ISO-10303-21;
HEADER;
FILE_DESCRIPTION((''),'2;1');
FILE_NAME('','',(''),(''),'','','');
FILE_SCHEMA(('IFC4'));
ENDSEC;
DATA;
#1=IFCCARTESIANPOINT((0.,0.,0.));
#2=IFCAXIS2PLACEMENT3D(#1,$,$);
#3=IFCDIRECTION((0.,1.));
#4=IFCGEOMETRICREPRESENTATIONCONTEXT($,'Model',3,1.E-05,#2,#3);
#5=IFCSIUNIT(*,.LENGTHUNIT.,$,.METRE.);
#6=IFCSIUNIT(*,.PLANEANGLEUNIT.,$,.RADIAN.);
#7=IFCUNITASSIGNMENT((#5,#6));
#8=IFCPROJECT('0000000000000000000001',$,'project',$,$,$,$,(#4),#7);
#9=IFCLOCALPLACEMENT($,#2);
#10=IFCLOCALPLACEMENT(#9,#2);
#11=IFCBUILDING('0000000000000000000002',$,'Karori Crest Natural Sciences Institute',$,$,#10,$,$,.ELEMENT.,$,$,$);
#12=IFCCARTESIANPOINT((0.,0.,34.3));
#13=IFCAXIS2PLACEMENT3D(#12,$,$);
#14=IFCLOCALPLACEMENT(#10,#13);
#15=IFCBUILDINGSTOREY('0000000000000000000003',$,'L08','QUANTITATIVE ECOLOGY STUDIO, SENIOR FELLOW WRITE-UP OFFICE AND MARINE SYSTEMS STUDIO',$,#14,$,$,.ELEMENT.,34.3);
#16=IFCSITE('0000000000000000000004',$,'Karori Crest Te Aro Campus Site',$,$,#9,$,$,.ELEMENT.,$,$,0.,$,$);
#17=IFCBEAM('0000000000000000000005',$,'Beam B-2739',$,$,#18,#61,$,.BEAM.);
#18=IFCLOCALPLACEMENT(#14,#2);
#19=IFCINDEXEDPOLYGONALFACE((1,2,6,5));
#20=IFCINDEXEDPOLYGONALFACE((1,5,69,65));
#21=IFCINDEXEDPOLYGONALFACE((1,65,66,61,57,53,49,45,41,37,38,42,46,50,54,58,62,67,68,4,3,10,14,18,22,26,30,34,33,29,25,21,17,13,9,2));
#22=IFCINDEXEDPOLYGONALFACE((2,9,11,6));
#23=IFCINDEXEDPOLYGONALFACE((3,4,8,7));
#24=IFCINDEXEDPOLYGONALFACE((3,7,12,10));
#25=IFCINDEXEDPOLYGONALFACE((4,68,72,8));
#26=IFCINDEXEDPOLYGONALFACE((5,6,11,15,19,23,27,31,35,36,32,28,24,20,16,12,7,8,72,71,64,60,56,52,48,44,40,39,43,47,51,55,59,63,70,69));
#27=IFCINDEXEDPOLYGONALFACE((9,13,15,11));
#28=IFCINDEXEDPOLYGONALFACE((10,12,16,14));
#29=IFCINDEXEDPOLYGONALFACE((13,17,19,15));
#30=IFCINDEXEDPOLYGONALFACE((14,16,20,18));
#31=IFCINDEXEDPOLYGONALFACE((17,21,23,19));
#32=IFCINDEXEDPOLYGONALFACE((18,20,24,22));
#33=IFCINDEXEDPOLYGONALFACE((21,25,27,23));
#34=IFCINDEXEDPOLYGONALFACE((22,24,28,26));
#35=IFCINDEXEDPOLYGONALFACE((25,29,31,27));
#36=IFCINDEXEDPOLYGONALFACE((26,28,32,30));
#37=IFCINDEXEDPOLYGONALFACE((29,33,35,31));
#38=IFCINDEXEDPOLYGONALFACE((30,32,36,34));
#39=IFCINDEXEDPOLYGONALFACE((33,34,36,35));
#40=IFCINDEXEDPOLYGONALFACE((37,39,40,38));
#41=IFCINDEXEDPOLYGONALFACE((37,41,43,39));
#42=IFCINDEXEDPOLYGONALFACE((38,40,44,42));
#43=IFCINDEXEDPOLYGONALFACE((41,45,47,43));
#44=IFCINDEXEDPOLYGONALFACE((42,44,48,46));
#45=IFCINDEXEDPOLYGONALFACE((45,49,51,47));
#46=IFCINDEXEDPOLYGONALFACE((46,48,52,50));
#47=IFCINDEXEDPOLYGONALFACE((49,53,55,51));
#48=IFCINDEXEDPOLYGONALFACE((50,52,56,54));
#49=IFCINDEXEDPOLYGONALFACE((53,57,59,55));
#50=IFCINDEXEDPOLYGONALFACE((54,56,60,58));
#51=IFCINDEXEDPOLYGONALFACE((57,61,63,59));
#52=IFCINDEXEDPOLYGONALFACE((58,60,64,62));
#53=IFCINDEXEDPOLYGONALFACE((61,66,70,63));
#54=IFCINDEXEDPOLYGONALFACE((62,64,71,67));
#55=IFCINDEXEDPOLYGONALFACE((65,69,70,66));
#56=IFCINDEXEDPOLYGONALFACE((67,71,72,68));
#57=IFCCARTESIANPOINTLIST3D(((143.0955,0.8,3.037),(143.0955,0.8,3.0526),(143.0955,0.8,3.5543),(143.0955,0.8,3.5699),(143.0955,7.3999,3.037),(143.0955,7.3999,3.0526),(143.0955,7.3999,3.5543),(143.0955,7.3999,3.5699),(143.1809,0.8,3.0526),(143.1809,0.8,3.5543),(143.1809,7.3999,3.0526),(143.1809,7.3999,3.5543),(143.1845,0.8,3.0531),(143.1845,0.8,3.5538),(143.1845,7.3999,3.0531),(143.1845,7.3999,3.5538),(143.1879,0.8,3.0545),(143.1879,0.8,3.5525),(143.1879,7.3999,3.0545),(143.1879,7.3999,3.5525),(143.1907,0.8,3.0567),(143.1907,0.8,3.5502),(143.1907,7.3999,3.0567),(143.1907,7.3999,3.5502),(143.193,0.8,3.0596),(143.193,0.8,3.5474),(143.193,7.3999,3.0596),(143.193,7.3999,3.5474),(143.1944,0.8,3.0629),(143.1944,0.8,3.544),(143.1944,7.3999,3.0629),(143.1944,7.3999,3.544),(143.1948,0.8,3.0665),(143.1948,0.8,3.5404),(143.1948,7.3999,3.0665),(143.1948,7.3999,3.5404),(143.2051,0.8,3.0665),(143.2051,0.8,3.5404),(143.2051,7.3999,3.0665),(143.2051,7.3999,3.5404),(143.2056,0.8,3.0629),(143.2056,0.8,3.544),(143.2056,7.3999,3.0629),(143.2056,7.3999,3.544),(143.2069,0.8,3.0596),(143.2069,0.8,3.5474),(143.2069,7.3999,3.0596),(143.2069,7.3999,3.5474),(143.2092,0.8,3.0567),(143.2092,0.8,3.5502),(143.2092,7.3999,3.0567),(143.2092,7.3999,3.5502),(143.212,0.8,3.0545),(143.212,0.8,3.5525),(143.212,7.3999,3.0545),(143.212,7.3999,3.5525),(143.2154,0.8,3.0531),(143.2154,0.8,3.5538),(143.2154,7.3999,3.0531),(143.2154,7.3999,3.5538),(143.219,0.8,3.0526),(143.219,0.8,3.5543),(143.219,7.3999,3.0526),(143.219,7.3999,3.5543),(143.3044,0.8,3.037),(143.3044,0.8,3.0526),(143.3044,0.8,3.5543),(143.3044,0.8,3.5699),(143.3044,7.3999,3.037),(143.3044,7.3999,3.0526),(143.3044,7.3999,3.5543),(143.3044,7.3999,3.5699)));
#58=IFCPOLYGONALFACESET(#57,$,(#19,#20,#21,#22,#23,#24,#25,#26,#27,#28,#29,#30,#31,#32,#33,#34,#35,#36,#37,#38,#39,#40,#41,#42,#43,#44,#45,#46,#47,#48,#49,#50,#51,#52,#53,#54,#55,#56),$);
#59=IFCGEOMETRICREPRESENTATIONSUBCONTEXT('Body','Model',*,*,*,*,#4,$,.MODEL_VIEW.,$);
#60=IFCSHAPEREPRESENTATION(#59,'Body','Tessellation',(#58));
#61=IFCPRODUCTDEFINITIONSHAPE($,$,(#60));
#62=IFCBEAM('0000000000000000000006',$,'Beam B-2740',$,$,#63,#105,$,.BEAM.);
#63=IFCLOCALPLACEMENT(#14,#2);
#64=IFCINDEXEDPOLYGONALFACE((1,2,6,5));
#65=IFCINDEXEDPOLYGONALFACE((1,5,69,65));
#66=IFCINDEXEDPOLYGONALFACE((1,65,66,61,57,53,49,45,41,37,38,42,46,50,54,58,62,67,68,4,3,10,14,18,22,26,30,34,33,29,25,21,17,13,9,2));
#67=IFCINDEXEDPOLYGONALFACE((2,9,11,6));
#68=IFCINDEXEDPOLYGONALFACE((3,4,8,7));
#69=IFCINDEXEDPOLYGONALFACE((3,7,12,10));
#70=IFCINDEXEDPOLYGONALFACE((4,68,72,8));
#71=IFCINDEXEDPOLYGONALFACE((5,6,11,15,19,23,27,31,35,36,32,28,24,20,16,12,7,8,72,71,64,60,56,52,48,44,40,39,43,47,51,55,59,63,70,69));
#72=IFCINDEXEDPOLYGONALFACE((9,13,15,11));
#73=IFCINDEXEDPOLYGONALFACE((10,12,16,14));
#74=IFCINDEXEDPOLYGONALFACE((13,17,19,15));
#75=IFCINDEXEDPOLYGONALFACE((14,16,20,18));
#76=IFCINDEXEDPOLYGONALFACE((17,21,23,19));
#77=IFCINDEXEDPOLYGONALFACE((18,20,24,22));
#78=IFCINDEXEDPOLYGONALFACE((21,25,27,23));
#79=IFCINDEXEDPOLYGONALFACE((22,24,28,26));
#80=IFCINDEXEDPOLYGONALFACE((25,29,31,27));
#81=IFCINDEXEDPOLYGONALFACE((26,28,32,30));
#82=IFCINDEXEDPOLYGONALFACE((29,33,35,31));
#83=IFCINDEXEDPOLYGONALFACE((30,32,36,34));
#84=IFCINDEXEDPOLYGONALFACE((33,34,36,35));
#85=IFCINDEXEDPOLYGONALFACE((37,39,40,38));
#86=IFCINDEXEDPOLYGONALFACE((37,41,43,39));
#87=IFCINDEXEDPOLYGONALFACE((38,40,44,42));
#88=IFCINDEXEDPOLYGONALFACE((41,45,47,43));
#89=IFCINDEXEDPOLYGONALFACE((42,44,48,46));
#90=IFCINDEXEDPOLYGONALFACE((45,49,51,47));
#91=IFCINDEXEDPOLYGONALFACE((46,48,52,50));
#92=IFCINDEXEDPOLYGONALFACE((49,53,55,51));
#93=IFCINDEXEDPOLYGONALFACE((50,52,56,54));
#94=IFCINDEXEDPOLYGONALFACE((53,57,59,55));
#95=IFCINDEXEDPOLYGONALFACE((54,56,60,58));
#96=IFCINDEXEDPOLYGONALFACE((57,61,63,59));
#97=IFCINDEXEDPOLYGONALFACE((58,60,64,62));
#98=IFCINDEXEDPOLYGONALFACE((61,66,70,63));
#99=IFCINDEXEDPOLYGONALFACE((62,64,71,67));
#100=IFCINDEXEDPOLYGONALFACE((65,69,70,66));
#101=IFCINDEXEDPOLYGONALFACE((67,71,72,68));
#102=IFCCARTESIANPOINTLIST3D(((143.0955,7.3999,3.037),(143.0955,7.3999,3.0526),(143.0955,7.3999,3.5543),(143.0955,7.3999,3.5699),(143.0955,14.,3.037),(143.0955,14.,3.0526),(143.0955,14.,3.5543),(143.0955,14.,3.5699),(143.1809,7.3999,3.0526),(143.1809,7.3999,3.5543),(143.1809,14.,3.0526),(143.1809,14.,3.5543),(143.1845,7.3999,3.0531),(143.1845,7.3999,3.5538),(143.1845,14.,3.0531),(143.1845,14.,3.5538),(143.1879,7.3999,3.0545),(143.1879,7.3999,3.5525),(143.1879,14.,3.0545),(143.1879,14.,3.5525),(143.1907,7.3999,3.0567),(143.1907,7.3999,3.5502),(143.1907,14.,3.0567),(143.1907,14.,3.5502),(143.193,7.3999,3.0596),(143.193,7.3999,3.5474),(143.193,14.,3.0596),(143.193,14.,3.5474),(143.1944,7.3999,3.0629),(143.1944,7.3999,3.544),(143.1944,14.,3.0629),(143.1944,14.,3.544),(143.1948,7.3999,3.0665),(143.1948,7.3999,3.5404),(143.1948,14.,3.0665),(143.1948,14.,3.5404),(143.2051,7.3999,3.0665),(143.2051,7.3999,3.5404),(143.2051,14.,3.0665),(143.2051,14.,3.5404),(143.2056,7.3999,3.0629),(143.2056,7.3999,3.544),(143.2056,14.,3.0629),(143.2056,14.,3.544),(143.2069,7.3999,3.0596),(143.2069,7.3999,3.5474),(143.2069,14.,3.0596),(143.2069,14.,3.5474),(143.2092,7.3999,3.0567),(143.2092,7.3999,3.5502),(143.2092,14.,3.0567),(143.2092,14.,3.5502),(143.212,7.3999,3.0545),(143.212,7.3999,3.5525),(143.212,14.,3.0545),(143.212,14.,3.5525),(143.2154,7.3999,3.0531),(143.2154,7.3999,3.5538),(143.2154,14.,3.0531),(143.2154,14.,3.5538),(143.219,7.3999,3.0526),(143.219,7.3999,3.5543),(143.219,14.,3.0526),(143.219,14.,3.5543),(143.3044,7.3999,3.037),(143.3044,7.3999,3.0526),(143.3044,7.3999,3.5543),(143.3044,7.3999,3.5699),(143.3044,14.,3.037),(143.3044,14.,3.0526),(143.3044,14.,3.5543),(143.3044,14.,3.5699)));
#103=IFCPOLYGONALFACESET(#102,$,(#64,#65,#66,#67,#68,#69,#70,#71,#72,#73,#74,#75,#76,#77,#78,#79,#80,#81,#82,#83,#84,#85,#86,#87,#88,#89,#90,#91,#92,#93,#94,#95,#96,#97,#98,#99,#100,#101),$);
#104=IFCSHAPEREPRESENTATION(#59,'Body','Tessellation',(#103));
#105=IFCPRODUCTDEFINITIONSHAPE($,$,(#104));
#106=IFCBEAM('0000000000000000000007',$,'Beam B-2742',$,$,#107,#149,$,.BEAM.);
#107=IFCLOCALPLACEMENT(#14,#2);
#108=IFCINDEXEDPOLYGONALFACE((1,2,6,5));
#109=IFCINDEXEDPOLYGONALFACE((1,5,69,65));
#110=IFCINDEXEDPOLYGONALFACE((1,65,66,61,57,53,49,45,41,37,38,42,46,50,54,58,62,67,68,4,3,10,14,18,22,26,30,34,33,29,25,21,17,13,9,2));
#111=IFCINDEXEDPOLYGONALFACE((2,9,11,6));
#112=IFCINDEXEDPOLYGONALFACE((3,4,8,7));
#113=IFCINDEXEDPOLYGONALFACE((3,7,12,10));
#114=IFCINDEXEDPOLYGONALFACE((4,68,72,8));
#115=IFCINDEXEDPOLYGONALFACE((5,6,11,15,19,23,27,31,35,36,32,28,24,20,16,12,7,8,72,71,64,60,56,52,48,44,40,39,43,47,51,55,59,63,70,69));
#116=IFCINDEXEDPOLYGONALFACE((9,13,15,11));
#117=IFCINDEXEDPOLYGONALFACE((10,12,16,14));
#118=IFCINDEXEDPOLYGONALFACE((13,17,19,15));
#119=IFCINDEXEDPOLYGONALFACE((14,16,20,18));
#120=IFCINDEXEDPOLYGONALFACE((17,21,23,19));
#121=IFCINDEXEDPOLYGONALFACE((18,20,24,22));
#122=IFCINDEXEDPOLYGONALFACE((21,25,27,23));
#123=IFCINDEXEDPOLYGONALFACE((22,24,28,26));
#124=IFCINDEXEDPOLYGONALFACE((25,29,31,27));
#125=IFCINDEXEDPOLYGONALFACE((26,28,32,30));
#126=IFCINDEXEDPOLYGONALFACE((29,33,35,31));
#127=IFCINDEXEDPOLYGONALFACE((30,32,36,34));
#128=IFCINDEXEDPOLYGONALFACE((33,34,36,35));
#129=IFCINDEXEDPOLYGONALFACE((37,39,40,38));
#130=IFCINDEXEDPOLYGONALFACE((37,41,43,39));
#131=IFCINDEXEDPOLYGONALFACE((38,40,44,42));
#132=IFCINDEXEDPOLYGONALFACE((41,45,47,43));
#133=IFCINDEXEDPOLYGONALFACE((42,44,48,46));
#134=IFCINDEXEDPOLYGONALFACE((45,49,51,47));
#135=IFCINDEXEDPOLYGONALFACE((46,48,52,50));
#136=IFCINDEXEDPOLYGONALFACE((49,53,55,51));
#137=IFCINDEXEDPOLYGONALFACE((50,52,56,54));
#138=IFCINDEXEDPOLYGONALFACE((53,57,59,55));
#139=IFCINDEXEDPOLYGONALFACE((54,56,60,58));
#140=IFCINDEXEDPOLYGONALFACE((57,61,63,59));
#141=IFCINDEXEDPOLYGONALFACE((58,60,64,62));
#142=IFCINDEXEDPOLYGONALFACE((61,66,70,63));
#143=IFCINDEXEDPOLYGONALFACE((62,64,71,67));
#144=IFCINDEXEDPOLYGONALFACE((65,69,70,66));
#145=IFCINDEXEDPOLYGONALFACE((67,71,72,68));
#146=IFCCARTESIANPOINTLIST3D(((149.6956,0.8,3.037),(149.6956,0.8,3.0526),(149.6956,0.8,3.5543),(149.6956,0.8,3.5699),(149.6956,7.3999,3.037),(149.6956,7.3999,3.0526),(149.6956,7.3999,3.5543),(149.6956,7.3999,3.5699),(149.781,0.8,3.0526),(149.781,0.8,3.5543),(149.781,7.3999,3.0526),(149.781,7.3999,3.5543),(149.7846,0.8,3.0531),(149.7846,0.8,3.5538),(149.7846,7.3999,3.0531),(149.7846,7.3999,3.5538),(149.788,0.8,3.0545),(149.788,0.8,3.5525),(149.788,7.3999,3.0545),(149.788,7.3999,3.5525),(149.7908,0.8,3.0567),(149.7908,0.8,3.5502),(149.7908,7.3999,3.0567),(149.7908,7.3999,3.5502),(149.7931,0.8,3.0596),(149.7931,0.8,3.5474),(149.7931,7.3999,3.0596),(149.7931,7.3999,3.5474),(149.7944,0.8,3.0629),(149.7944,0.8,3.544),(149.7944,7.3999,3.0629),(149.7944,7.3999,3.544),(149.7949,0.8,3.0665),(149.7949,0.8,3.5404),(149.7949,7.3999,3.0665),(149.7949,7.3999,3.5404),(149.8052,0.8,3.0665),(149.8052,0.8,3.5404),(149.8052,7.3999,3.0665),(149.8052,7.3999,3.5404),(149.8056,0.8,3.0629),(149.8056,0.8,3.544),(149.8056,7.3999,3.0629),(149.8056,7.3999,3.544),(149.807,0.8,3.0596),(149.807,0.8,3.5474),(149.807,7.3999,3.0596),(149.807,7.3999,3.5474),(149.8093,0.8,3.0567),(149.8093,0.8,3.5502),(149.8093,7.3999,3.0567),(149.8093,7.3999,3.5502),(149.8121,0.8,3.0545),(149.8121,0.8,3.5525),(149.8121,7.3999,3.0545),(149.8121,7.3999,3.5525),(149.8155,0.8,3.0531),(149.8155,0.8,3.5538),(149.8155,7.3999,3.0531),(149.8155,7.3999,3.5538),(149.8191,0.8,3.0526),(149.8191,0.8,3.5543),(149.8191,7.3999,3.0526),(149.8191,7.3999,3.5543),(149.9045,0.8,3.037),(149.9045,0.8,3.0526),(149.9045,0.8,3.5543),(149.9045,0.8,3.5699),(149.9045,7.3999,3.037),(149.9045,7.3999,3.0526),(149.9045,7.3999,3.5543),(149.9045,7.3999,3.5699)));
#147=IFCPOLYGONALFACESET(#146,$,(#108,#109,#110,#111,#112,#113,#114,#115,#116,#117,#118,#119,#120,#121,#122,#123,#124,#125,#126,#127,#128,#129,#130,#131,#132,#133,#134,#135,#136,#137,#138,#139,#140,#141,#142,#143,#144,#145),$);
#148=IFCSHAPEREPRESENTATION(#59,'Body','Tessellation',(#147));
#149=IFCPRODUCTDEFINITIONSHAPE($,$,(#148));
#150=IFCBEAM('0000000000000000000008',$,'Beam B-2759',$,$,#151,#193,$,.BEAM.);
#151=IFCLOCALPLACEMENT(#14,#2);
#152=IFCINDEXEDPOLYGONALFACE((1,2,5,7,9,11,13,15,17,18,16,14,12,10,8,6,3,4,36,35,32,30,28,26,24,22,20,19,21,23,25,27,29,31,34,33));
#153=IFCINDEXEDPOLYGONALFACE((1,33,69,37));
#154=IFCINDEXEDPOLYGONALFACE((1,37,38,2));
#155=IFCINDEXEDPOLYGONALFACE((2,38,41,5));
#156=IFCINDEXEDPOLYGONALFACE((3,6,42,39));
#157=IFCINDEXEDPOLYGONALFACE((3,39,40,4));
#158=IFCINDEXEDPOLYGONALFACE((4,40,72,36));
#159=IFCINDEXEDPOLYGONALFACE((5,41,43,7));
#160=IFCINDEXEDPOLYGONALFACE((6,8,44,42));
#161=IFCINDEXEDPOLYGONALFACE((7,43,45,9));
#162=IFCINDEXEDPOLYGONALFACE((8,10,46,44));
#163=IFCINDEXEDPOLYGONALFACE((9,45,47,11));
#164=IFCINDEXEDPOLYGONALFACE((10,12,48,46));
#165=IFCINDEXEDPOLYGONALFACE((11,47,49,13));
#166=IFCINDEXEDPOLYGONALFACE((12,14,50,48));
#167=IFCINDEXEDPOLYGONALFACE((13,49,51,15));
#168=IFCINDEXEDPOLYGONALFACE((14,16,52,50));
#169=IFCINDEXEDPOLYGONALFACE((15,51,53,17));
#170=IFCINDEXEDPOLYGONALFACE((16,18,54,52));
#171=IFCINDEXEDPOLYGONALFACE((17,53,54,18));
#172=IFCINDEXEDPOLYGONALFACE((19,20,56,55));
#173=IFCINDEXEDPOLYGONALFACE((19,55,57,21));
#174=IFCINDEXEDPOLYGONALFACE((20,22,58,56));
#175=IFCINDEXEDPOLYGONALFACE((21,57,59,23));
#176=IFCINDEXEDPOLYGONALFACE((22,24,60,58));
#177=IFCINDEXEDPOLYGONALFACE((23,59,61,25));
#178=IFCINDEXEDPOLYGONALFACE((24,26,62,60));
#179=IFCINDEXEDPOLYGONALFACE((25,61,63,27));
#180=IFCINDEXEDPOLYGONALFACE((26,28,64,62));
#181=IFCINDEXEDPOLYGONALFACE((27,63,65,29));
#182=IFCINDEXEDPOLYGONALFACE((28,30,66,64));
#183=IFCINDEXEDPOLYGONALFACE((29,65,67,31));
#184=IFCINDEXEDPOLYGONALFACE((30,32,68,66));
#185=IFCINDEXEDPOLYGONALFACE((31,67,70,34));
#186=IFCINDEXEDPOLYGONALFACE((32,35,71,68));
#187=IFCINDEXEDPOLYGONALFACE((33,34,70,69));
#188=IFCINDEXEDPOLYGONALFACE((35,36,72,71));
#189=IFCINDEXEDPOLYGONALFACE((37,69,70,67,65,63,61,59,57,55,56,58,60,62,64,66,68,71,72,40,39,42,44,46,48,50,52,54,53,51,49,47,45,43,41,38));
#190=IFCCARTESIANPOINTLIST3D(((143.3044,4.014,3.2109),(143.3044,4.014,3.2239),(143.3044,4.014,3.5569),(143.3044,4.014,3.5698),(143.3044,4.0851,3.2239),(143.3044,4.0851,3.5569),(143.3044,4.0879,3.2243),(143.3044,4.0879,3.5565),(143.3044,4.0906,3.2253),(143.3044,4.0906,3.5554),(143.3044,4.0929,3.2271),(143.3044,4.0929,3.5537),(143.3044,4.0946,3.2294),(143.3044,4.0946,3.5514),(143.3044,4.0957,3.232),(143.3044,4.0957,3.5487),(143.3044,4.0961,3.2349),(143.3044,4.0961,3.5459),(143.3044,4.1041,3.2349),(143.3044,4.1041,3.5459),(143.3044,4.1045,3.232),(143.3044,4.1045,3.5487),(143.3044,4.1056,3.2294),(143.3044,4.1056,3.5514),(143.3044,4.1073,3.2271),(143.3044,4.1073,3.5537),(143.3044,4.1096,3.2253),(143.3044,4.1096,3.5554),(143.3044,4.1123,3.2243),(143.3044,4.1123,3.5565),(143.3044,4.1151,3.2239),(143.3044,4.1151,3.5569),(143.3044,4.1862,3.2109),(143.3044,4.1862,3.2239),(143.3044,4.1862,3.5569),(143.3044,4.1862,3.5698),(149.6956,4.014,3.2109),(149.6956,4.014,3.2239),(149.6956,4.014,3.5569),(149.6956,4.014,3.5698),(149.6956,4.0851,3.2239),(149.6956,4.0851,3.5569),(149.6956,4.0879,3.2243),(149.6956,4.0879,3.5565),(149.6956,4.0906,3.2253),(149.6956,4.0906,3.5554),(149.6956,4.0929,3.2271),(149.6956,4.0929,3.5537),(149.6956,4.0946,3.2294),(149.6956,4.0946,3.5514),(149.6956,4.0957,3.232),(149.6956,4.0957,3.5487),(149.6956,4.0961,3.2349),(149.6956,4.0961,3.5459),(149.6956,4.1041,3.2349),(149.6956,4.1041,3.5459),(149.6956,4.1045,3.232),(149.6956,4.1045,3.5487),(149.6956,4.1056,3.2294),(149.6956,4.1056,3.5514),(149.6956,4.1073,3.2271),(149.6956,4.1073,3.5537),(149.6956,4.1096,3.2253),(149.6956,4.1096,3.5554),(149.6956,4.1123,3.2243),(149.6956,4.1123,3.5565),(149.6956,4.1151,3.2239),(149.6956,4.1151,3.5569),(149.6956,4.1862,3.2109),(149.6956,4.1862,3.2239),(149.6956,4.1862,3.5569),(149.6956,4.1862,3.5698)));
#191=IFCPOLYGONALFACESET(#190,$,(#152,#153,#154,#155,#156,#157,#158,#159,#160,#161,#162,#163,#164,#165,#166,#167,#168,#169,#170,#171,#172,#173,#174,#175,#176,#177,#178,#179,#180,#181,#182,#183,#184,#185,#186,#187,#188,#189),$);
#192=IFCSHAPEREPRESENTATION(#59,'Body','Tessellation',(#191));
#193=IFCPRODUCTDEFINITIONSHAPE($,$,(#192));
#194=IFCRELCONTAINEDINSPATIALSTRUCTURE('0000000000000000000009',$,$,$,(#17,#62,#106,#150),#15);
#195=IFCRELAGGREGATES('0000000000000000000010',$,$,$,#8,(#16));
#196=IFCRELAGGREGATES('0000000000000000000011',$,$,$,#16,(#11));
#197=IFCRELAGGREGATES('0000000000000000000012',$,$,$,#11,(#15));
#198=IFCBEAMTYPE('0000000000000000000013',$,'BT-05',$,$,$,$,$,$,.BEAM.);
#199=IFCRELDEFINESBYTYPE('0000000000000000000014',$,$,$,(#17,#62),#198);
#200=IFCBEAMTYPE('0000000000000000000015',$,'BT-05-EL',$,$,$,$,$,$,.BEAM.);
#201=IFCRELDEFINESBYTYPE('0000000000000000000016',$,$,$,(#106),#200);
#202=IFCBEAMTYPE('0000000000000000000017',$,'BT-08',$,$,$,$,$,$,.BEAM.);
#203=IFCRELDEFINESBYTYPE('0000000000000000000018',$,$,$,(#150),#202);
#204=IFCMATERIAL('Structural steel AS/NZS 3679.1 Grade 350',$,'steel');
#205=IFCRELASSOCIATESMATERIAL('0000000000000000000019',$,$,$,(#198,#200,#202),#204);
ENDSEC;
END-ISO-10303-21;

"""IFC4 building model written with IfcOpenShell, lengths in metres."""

from ifc_helpers import new_model, si_unit, direction, frame, origin, origin_2d, place, context, subcontext, project, spatial, i_section, extrude, material, material_profile, profile_set, type_object, element, save


model = new_model("IFC4")

# Units and contexts
model_context = context("Model", 3, precision=1e-05, world=origin(), true_north=direction((0.0, 1.0)))
body_context = subcontext(model_context, "Body", "Model", "MODEL_VIEW")
ifc_project = project(units=[si_unit("LENGTHUNIT", "METRE"), si_unit("PLANEANGLEUNIT", "RADIAN")], contexts=[model_context])

# Site, building, storey
site_placement = place(None, origin())
site = spatial("IfcSite", under=ifc_project, at=site_placement, Name="Karori Crest Te Aro Campus Site", CompositionType="ELEMENT", RefElevation=0.0)
building_placement = place(site_placement, origin())
building = spatial("IfcBuilding", under=site, at=building_placement, Name="Karori Crest Natural Sciences Institute", CompositionType="ELEMENT")
storey_placement = place(building_placement, frame((0.0, 0.0, 34.3)))
storey = spatial("IfcBuildingStorey", under=building, at=storey_placement, Name="L08", Description="QUANTITATIVE ECOLOGY STUDIO, SENIOR FELLOW WRITE-UP OFFICE AND MARINE SYSTEMS STUDIO", CompositionType="ELEMENT", Elevation=34.3)

# Shared definitions
ifc_material_1 = material(Name="Structural steel AS/NZS 3679.1 Grade 350", Category="steel")

# Beams
ifc_material_profile_1 = material_profile(ifc_material_1, i_section(OverallWidth=0.209, OverallDepth=0.533, WebThickness=0.0103, FlangeThickness=0.0156, FilletRadius=0.0139, at=origin_2d()), Name="530UB92.4")
ifc_profile_set_1 = profile_set([ifc_material_profile_1], Name="Structural steel AS/NZS 3679.1 Grade 350")
beam_type_1 = type_object("IfcBeamType", Name="BT-05", PredefinedType="BEAM", material=ifc_profile_set_1)
beam_1_placement = place(storey_placement, frame((143.2, 0.8, 3.3035), z_axis=(0.0, 1.0, 0.0), x_axis=(-1.0, 0.0, 0.0)))
element("IfcBeam", 1, at=beam_1_placement, inside=storey, type_object=beam_type_1, Name="Beam B-2739", PredefinedType="BEAM", context=body_context, shape_type="SweptSolid", body=[
    extrude(i_section(OverallWidth=0.209, OverallDepth=0.533, WebThickness=0.0103, FlangeThickness=0.0156, FilletRadius=0.0139, at=origin_2d()), origin(), (0.0, 0.0, 1.0), 6.5999),
])
beam_2_placement = place(storey_placement, frame((143.2, 7.3999, 3.3035), z_axis=(0.0, 1.0, 0.0), x_axis=(-1.0, 0.0, 0.0)))
element("IfcBeam", 2, at=beam_2_placement, inside=storey, type_object=beam_type_1, Name="Beam B-2740", PredefinedType="BEAM", context=body_context, shape_type="SweptSolid", body=[
    extrude(i_section(OverallWidth=0.209, OverallDepth=0.533, WebThickness=0.0103, FlangeThickness=0.0156, FilletRadius=0.0139, at=origin_2d()), origin(), (0.0, 0.0, 1.0), 6.6001),
])
ifc_material_profile_2 = material_profile(ifc_material_1, i_section(OverallWidth=0.209, OverallDepth=0.533, WebThickness=0.0103, FlangeThickness=0.0156, FilletRadius=0.0139, at=origin_2d()), Name="530UB92.4")
ifc_profile_set_2 = profile_set([ifc_material_profile_2], Name="Structural steel AS/NZS 3679.1 Grade 350")
beam_type_2 = type_object("IfcBeamType", Name="BT-05-EL", PredefinedType="BEAM", material=ifc_profile_set_2)
beam_3_placement = place(storey_placement, frame((149.8, 0.8, 3.3035), z_axis=(0.0, 1.0, 0.0), x_axis=(-1.0, 0.0, 0.0)))
element("IfcBeam", 3, at=beam_3_placement, inside=storey, type_object=beam_type_2, Name="Beam B-2742", PredefinedType="BEAM", context=body_context, shape_type="SweptSolid", body=[
    extrude(i_section(OverallWidth=0.209, OverallDepth=0.533, WebThickness=0.0103, FlangeThickness=0.0156, FilletRadius=0.0139, at=origin_2d()), origin(), (0.0, 0.0, 1.0), 6.5999),
])
ifc_material_profile_3 = material_profile(ifc_material_1, i_section(OverallWidth=0.1721, OverallDepth=0.3589, WebThickness=0.0081, FlangeThickness=0.0129, FilletRadius=0.011, at=origin_2d()), Name="360UB56.7")
ifc_profile_set_3 = profile_set([ifc_material_profile_3], Name="Structural steel AS/NZS 3679.1 Grade 350")
beam_type_3 = type_object("IfcBeamType", Name="BT-08", PredefinedType="BEAM", material=ifc_profile_set_3)
beam_4_placement = place(storey_placement, frame((143.3044, 4.1001, 3.3904), z_axis=(1.0, 0.0, 0.0), x_axis=(0.0, 1.0, 0.0)))
element("IfcBeam", 4, at=beam_4_placement, inside=storey, type_object=beam_type_3, Name="Beam B-2759", PredefinedType="BEAM", context=body_context, shape_type="SweptSolid", body=[
    extrude(i_section(OverallWidth=0.1721, OverallDepth=0.3589, WebThickness=0.0081, FlangeThickness=0.0129, FilletRadius=0.011, at=origin_2d()), origin(), (0.0, 0.0, 1.0), 6.3911),
])

save(model, "model.ifc")
